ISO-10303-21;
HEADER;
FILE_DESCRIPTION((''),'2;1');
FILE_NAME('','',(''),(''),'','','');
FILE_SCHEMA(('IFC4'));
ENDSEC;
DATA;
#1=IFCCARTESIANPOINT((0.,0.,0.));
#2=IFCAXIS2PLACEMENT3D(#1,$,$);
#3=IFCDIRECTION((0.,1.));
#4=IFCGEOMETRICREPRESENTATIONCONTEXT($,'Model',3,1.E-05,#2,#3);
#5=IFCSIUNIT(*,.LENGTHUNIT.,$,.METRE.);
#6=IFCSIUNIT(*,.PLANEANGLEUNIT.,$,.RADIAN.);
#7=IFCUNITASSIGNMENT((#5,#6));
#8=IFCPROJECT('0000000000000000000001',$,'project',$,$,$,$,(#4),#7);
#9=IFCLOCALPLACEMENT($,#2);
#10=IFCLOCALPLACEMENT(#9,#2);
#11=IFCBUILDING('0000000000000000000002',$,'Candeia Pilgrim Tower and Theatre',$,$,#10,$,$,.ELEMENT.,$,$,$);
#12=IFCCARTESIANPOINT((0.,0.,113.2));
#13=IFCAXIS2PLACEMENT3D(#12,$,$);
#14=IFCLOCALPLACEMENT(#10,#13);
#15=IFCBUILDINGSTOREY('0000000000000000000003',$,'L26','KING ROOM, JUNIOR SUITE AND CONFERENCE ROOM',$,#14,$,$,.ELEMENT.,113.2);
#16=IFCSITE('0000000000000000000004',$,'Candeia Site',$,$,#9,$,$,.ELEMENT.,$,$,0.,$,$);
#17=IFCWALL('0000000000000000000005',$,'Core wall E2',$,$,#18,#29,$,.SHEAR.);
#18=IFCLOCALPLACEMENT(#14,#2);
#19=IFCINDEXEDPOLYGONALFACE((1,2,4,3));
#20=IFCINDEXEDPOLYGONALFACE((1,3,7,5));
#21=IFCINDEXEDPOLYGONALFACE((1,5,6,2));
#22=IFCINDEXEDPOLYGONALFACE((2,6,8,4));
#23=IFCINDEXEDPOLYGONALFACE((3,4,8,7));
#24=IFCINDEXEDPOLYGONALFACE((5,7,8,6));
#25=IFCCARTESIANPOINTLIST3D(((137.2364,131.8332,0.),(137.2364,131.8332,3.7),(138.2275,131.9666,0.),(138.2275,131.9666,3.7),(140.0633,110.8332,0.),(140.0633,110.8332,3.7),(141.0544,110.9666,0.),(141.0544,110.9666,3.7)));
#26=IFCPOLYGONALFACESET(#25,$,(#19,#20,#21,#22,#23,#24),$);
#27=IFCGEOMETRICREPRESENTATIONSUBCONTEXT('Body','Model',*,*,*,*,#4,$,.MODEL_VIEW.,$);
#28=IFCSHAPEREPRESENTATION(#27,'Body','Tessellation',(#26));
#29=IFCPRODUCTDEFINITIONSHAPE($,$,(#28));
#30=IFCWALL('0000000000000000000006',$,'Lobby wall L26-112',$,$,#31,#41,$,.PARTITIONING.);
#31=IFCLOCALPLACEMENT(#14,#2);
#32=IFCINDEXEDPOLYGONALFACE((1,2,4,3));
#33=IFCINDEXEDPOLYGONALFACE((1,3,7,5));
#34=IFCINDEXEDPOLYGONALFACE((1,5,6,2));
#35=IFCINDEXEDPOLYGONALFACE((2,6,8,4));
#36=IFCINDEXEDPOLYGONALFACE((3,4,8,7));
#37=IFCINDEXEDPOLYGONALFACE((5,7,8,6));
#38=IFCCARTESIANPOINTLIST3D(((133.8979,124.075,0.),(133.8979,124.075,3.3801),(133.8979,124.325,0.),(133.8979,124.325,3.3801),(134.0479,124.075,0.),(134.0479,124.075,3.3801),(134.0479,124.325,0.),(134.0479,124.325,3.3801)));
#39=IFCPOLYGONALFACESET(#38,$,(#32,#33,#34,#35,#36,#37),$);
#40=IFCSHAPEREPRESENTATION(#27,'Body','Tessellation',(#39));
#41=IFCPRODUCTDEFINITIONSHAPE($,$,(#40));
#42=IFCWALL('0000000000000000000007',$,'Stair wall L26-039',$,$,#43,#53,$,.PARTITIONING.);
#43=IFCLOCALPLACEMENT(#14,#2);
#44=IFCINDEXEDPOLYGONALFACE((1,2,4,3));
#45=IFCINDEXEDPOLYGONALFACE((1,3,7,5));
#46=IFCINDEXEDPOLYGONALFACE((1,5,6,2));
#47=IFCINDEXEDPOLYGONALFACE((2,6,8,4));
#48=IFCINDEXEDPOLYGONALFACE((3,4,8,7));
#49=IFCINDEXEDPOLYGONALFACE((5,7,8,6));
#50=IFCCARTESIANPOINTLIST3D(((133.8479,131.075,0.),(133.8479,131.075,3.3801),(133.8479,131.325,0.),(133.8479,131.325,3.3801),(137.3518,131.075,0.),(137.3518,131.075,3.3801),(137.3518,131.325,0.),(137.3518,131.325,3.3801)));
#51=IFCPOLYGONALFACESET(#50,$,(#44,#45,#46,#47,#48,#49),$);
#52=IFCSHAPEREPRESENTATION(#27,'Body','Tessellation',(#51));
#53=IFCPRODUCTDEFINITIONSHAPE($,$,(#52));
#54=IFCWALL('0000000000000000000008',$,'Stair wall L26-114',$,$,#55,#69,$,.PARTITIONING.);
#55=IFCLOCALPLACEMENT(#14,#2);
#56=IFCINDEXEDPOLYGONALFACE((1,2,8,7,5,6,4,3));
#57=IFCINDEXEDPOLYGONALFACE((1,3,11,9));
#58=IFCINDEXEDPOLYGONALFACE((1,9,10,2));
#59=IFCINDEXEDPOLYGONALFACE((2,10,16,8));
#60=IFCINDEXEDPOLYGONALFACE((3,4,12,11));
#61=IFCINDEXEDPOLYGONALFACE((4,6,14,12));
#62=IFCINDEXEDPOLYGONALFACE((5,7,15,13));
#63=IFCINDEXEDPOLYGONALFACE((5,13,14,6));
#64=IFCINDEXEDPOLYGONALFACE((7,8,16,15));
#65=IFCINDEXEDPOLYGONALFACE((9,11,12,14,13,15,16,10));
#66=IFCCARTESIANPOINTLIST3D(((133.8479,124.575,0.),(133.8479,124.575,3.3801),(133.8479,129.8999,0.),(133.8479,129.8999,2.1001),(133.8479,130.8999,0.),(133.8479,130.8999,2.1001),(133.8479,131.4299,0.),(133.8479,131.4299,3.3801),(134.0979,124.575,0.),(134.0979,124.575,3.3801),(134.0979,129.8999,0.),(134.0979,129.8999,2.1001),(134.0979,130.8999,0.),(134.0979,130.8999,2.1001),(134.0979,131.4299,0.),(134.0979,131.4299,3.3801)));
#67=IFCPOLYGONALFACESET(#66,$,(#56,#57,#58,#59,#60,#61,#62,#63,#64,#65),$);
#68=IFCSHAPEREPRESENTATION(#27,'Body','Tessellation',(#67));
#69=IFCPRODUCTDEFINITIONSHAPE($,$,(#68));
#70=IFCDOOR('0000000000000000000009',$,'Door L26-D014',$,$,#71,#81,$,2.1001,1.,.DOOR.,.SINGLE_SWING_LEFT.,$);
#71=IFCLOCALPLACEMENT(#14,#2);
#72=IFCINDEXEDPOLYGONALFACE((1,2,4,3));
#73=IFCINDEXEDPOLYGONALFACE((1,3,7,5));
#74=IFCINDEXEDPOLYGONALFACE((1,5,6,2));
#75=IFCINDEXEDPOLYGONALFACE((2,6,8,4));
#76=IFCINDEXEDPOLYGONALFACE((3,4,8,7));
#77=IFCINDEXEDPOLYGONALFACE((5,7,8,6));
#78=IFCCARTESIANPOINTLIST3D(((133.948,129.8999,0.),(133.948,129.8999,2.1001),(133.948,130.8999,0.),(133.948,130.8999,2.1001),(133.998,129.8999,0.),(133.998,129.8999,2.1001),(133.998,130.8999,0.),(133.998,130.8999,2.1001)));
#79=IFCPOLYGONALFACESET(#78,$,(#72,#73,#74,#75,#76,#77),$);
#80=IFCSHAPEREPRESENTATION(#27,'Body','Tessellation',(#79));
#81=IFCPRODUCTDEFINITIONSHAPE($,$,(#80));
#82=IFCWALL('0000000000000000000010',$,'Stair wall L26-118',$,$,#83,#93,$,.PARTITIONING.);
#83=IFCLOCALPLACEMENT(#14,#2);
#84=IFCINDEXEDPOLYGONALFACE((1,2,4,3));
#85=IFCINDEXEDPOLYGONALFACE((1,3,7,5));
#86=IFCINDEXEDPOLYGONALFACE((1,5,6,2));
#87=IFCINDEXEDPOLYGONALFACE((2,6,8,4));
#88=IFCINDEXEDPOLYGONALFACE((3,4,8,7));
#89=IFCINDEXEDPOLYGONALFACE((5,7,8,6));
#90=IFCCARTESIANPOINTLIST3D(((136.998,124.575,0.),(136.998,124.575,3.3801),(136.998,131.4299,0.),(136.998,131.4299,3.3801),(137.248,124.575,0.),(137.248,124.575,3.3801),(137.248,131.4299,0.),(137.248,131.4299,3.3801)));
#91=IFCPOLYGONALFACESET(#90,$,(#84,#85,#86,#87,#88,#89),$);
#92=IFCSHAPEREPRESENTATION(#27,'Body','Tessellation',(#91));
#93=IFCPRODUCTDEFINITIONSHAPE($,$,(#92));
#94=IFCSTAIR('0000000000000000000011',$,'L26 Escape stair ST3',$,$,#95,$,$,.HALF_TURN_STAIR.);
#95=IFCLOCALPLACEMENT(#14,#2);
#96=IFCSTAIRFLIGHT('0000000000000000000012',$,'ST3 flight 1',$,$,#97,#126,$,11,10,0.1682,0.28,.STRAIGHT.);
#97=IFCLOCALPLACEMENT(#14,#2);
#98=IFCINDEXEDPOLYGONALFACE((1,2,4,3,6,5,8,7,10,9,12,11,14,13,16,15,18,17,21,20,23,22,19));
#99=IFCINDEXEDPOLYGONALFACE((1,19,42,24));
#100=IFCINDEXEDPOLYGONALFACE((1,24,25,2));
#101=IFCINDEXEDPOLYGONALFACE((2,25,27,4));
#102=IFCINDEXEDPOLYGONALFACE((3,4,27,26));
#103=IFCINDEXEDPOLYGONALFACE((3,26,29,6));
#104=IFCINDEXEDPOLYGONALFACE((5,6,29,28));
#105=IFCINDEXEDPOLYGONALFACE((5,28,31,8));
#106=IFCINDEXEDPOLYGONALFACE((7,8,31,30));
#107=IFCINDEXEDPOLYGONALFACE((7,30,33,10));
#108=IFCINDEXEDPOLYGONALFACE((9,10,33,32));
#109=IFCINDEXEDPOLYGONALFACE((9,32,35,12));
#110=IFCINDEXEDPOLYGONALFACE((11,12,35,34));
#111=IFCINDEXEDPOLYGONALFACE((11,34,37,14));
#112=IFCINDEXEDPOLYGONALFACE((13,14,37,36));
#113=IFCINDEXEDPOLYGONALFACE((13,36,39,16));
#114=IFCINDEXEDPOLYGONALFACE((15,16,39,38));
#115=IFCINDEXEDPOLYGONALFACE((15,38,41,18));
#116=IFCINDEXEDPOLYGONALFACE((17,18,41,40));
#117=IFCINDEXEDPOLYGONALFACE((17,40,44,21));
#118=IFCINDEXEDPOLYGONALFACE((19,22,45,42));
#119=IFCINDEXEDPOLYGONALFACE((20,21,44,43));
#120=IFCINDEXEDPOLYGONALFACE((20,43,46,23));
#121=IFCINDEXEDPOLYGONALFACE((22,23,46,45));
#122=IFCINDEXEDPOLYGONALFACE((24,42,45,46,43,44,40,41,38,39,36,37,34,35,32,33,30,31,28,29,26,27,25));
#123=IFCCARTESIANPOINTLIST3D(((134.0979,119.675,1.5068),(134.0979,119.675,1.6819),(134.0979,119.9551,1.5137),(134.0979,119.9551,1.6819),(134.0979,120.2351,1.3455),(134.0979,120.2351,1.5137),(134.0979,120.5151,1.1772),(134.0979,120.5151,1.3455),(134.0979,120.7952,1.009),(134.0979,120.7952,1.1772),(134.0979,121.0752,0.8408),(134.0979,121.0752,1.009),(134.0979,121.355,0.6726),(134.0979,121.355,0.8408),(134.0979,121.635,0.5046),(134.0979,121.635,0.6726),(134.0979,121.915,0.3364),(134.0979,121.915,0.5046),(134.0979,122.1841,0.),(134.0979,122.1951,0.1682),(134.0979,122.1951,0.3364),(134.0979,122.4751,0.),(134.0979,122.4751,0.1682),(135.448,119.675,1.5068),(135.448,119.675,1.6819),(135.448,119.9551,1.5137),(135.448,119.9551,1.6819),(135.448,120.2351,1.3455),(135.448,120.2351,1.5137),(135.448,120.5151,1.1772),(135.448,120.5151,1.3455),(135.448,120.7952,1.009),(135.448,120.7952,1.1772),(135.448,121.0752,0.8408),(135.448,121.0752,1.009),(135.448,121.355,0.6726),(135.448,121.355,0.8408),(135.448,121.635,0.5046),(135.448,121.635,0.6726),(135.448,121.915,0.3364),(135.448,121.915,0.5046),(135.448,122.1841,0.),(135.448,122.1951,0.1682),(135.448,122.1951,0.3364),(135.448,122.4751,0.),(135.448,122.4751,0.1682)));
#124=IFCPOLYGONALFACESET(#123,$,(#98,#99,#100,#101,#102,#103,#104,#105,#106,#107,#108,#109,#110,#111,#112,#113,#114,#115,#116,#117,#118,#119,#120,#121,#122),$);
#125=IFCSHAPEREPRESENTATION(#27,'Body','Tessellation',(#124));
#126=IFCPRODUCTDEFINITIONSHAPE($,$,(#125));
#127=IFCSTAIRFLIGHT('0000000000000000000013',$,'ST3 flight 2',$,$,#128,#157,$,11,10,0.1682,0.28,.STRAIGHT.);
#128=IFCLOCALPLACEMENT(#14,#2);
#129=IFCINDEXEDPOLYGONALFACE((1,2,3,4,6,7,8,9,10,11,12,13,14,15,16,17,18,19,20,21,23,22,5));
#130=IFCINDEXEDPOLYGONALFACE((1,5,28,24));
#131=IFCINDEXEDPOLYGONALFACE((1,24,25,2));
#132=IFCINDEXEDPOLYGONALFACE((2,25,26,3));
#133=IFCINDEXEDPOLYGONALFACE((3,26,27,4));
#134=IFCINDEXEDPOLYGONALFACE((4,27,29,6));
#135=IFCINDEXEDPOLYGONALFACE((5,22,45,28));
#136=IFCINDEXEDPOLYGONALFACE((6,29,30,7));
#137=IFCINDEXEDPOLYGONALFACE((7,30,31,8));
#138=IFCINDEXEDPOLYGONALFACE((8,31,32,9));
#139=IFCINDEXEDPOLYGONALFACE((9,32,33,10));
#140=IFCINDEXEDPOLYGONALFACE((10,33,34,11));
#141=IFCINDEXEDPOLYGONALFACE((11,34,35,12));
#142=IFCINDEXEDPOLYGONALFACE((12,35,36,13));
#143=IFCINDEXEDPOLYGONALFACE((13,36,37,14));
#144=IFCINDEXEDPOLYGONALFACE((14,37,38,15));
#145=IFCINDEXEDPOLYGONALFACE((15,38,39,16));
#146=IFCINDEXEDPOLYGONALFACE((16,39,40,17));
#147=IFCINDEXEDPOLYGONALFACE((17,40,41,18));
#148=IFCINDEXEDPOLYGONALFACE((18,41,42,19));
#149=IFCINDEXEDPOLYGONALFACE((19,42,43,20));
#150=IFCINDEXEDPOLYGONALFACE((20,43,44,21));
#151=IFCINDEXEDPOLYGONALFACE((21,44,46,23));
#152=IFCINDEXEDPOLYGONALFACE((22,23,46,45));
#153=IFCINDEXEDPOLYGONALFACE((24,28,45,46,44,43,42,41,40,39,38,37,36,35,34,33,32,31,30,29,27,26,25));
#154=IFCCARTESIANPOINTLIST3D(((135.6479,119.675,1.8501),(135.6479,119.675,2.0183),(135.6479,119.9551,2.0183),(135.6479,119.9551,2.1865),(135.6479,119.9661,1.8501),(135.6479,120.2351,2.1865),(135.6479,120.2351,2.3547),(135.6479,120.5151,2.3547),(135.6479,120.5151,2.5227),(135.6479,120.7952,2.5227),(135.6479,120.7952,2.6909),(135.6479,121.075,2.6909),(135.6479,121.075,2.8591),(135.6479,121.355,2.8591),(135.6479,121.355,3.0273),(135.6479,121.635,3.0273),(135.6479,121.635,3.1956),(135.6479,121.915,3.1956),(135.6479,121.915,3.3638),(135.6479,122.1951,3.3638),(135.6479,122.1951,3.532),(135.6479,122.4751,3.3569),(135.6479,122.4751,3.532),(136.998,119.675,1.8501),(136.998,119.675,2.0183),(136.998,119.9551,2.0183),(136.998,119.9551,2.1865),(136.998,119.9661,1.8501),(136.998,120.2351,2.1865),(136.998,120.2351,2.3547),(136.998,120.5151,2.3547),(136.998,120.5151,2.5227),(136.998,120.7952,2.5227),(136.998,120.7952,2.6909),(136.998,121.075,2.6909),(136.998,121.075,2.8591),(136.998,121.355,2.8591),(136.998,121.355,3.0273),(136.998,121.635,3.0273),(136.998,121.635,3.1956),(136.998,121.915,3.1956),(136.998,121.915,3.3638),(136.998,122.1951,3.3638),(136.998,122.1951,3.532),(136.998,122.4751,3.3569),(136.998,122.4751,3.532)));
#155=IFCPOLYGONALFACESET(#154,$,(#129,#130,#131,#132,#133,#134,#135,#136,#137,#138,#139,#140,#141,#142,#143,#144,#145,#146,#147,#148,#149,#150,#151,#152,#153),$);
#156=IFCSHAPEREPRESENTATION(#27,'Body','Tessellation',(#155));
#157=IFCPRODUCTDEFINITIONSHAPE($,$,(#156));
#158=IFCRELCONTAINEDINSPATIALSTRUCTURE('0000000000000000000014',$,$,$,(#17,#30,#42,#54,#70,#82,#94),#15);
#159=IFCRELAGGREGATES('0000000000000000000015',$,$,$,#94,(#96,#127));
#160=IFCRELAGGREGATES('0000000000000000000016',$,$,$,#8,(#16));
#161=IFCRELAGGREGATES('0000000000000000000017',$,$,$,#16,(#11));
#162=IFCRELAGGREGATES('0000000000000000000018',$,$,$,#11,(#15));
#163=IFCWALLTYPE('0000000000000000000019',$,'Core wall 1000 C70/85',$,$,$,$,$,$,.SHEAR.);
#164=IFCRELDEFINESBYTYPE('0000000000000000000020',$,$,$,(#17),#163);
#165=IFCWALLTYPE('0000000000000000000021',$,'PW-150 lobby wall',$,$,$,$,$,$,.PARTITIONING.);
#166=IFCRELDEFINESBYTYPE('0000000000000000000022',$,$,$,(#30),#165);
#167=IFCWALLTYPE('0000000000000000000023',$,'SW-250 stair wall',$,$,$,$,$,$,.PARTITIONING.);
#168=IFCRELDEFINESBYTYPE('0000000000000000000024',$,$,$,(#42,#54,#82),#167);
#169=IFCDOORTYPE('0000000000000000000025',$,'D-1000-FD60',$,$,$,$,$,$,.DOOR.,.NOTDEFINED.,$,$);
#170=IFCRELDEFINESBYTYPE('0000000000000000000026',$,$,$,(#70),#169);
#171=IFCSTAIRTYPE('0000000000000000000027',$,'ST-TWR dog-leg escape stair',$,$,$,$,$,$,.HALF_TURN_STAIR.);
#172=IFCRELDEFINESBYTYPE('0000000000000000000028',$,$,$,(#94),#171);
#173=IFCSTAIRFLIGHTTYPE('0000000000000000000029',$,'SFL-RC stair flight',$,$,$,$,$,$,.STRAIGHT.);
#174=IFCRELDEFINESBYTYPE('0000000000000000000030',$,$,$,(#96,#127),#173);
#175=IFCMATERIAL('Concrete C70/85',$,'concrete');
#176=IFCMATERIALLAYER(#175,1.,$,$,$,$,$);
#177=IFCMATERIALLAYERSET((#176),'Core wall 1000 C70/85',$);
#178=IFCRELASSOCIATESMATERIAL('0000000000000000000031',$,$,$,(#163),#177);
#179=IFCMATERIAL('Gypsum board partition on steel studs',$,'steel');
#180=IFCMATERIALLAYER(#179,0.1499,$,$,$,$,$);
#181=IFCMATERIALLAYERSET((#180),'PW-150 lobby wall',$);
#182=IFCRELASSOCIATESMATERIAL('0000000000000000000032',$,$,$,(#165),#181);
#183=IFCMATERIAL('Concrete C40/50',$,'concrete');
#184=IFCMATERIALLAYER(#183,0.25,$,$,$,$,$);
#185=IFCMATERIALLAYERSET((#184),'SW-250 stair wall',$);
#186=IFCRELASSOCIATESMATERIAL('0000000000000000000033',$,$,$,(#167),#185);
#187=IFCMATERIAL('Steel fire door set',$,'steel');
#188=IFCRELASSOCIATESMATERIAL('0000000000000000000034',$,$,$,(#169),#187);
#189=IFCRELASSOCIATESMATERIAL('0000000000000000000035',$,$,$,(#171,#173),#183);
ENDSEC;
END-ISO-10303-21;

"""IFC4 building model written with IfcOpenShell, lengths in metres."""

from ifc_helpers import new_model, si_unit, direction, frame, frame_2d, origin, place, context, subcontext, project, spatial, polyline, rectangle, outline, extrude, material, layer, layer_set, type_object, element, fill, aggregate, save


model = new_model("IFC4")

# Units and contexts
model_context = context("Model", 3, precision=1e-05, world=origin(), true_north=direction((0.0, 1.0)))
body_context = subcontext(model_context, "Body", "Model", "MODEL_VIEW")
ifc_project = project(units=[si_unit("LENGTHUNIT", "METRE"), si_unit("PLANEANGLEUNIT", "RADIAN")], contexts=[model_context])

# Site, building, storey
site_placement = place(None, origin())
site = spatial("IfcSite", under=ifc_project, at=site_placement, Name="Candeia Site", CompositionType="ELEMENT", RefElevation=0.0)
building_placement = place(site_placement, origin())
building = spatial("IfcBuilding", under=site, at=building_placement, Name="Candeia Pilgrim Tower and Theatre", CompositionType="ELEMENT")
storey_placement = place(building_placement, frame((0.0, 0.0, 113.2)))
storey = spatial("IfcBuildingStorey", under=building, at=storey_placement, Name="L26", Description="KING ROOM, JUNIOR SUITE AND CONFERENCE ROOM", CompositionType="ELEMENT", Elevation=113.2)

# Wall
ifc_material_1 = material(Name="Concrete C70/85", Category="concrete")
ifc_layer_1 = layer(ifc_material_1, 1.0)
ifc_layer_set_1 = layer_set([ifc_layer_1], Name="Core wall 1000 C70/85")
wall_type_1 = type_object("IfcWallType", Name="Core wall 1000 C70/85", PredefinedType="SHEAR", material=ifc_layer_set_1)
wall_1_placement = place(storey_placement, frame((137.7319, 131.8999, 0.0), z_axis=(0.0, 0.0, 1.0), x_axis=(0.133411, -0.991061, 0.0)))
element("IfcWall", 1, at=wall_1_placement, inside=storey, type_object=wall_type_1, Name="Core wall E2", PredefinedType="SHEAR", context=body_context, shape_type="SweptSolid", body=[
    extrude(rectangle(XDim=21.1895, YDim=1.0, at=frame_2d((10.5947, 0.0))), origin(), (0.0, 0.0, 1.0), 3.7),
])

# Walls
ifc_material_2 = material(Name="Gypsum board partition on steel studs", Category="steel")
ifc_layer_2 = layer(ifc_material_2, 0.1499)
ifc_layer_set_2 = layer_set([ifc_layer_2], Name="PW-150 lobby wall")
wall_type_2 = type_object("IfcWallType", Name="PW-150 lobby wall", PredefinedType="PARTITIONING", material=ifc_layer_set_2)
wall_2_placement = place(storey_placement, frame((133.9729, 124.075, 0.0), z_axis=(0.0, 0.0, 1.0), x_axis=(0.0, 1.0, 0.0)))
element("IfcWall", 2, at=wall_2_placement, inside=storey, type_object=wall_type_2, Name="Lobby wall L26-112", PredefinedType="PARTITIONING", context=body_context, shape_type="SweptSolid", body=[
    extrude(rectangle(XDim=0.25, YDim=0.1499, at=frame_2d((0.125, 0.0))), origin(), (0.0, 0.0, 1.0), 3.3801),
])
ifc_material_3 = material(Name="Concrete C40/50", Category="concrete")
ifc_layer_3 = layer(ifc_material_3, 0.25)
ifc_layer_set_3 = layer_set([ifc_layer_3], Name="SW-250 stair wall")
wall_type_3 = type_object("IfcWallType", Name="SW-250 stair wall", PredefinedType="PARTITIONING", material=ifc_layer_set_3)
wall_3_placement = place(storey_placement, frame((133.8479, 131.2, 0.0), z_axis=(0.0, 0.0, 1.0), x_axis=(1.0, 0.0, 0.0)))
element("IfcWall", 3, at=wall_3_placement, inside=storey, type_object=wall_type_3, Name="Stair wall L26-039", PredefinedType="PARTITIONING", context=body_context, shape_type="SweptSolid", body=[
    extrude(rectangle(XDim=3.5039, YDim=0.25, at=frame_2d((1.752, 0.0))), origin(), (0.0, 0.0, 1.0), 3.3801),
])

# Wall, opening, door
wall_4_placement = place(storey_placement, frame((133.9729, 124.575, 0.0), z_axis=(0.0, 0.0, 1.0), x_axis=(0.0, 1.0, 0.0)))
wall_4 = element("IfcWall", 4, at=wall_4_placement, inside=storey, type_object=wall_type_3, Name="Stair wall L26-114", PredefinedType="PARTITIONING", context=body_context, shape_type="SweptSolid", body=[
    extrude(rectangle(XDim=6.855, YDim=0.25, at=frame_2d((3.4275, 0.0))), origin(), (0.0, 0.0, 1.0), 3.3801),
])
opening_1_placement = place(wall_4_placement, frame((5.325, 0.0, 0.0)))
opening_1 = element("IfcOpeningElement", 5, at=opening_1_placement, cuts=wall_4, PredefinedType="OPENING", context=body_context, shape_type="SweptSolid", body=[
    extrude(rectangle(XDim=1.0, YDim=2.1001, at=frame_2d((0.5, 1.05))), frame((0.0, 0.135, 0.0), z_axis=(0.0, -1.0, 0.0), x_axis=(1.0, 0.0, 0.0)), (0.0, 0.0, 1.0), 0.27),
])
ifc_material_4 = material(Name="Steel fire door set", Category="steel")
door_type_1 = type_object("IfcDoorType", Name="D-1000-FD60", OperationType="NOTDEFINED", PredefinedType="DOOR", material=ifc_material_4)
door_1_placement = place(opening_1_placement, origin())
door_1 = element("IfcDoor", 6, at=door_1_placement, inside=storey, type_object=door_type_1, Name="Door L26-D014", OperationType="SINGLE_SWING_LEFT", OverallHeight=2.1001, OverallWidth=1.0, PredefinedType="DOOR", context=body_context, shape_type="SweptSolid", body=[
    extrude(rectangle(XDim=1.0, YDim=2.1001, at=frame_2d((0.5, 1.05))), frame((0.0, 0.0249, 0.0), z_axis=(0.0, -1.0, 0.0), x_axis=(1.0, 0.0, 0.0)), (0.0, 0.0, 1.0), 0.05),
])
fill(opening_1, door_1)

# Wall
wall_5_placement = place(storey_placement, frame((137.123, 124.575, 0.0), z_axis=(0.0, 0.0, 1.0), x_axis=(0.0, 1.0, 0.0)))
element("IfcWall", 7, at=wall_5_placement, inside=storey, type_object=wall_type_3, Name="Stair wall L26-118", PredefinedType="PARTITIONING", context=body_context, shape_type="SweptSolid", body=[
    extrude(rectangle(XDim=6.855, YDim=0.25, at=frame_2d((3.4275, 0.0))), origin(), (0.0, 0.0, 1.0), 3.3801),
])

# Stair, stair flights
stair_type = type_object("IfcStairType", Name="ST-TWR dog-leg escape stair", PredefinedType="HALF_TURN_STAIR", material=ifc_material_3)
stair_1_placement = place(storey_placement, origin())
stair_1 = element("IfcStair", 8, at=stair_1_placement, inside=storey, type_object=stair_type, Name="L26 Escape stair ST3", PredefinedType="HALF_TURN_STAIR")
stair_flight_type = type_object("IfcStairFlightType", Name="SFL-RC stair flight", PredefinedType="STRAIGHT", material=ifc_material_3)
stair_flight_1_placement = place(storey_placement, frame((134.7729, 122.4751, 0.0), z_axis=(0.0, 0.0, 1.0), x_axis=(0.0, -1.0, 0.0)))
stair_flight_1 = element("IfcStairFlight", 9, at=stair_flight_1_placement, type_object=stair_flight_type, Name="ST3 flight 1", NumberOfRisers=11, NumberOfTreads=10, PredefinedType="STRAIGHT", RiserHeight=0.1682, TreadLength=0.28, context=body_context, shape_type="SweptSolid", body=[
    extrude(outline(polyline([(0.0, 0.0), (0.0, 0.1682), (0.28, 0.1682), (0.28, 0.3364), (0.5601, 0.3364), (0.5601, 0.5046), (0.8401, 0.5046), (0.8401, 0.6726), (1.1201, 0.6726), (1.1201, 0.8408), (1.3999, 0.8408), (1.3999, 1.009), (1.6799, 1.009), (1.6799, 1.1772), (1.96, 1.1772), (1.96, 1.3455), (2.24, 1.3455), (2.24, 1.5137), (2.52, 1.5137), (2.52, 1.6819), (2.8, 1.6819), (2.8, 1.8501), (2.8, 1.5068), (0.291, 0.0), (0.0, 0.0)])), frame((0.0, 0.675, 0.0), z_axis=(0.0, -1.0, 0.0), x_axis=(1.0, 0.0, 0.0)), (0.0, 0.0, 1.0), 1.3501),
])
stair_flight_2_placement = place(storey_placement, frame((136.323, 119.675, 1.8501), z_axis=(0.0, 0.0, 1.0), x_axis=(0.0, 1.0, 0.0)))
stair_flight_2 = element("IfcStairFlight", 10, at=stair_flight_2_placement, type_object=stair_flight_type, Name="ST3 flight 2", NumberOfRisers=11, NumberOfTreads=10, PredefinedType="STRAIGHT", RiserHeight=0.1682, TreadLength=0.28, context=body_context, shape_type="SweptSolid", body=[
    extrude(outline(polyline([(0.0, 0.0), (0.0, 0.1682), (0.28, 0.1682), (0.28, 0.3364), (0.5601, 0.3364), (0.5601, 0.5046), (0.8401, 0.5046), (0.8401, 0.6726), (1.1201, 0.6726), (1.1201, 0.8408), (1.3999, 0.8408), (1.3999, 1.009), (1.6799, 1.009), (1.6799, 1.1772), (1.96, 1.1772), (1.96, 1.3455), (2.24, 1.3455), (2.24, 1.5137), (2.52, 1.5137), (2.52, 1.6819), (2.8, 1.6819), (2.8, 1.8501), (2.8, 1.5068), (0.291, 0.0), (0.0, 0.0)])), frame((0.0, 0.675, 0.0), z_axis=(0.0, -1.0, 0.0), x_axis=(1.0, 0.0, 0.0)), (0.0, 0.0, 1.0), 1.3501),
])
aggregate(stair_1, [stair_flight_1, stair_flight_2])

save(model, "model.ifc")
